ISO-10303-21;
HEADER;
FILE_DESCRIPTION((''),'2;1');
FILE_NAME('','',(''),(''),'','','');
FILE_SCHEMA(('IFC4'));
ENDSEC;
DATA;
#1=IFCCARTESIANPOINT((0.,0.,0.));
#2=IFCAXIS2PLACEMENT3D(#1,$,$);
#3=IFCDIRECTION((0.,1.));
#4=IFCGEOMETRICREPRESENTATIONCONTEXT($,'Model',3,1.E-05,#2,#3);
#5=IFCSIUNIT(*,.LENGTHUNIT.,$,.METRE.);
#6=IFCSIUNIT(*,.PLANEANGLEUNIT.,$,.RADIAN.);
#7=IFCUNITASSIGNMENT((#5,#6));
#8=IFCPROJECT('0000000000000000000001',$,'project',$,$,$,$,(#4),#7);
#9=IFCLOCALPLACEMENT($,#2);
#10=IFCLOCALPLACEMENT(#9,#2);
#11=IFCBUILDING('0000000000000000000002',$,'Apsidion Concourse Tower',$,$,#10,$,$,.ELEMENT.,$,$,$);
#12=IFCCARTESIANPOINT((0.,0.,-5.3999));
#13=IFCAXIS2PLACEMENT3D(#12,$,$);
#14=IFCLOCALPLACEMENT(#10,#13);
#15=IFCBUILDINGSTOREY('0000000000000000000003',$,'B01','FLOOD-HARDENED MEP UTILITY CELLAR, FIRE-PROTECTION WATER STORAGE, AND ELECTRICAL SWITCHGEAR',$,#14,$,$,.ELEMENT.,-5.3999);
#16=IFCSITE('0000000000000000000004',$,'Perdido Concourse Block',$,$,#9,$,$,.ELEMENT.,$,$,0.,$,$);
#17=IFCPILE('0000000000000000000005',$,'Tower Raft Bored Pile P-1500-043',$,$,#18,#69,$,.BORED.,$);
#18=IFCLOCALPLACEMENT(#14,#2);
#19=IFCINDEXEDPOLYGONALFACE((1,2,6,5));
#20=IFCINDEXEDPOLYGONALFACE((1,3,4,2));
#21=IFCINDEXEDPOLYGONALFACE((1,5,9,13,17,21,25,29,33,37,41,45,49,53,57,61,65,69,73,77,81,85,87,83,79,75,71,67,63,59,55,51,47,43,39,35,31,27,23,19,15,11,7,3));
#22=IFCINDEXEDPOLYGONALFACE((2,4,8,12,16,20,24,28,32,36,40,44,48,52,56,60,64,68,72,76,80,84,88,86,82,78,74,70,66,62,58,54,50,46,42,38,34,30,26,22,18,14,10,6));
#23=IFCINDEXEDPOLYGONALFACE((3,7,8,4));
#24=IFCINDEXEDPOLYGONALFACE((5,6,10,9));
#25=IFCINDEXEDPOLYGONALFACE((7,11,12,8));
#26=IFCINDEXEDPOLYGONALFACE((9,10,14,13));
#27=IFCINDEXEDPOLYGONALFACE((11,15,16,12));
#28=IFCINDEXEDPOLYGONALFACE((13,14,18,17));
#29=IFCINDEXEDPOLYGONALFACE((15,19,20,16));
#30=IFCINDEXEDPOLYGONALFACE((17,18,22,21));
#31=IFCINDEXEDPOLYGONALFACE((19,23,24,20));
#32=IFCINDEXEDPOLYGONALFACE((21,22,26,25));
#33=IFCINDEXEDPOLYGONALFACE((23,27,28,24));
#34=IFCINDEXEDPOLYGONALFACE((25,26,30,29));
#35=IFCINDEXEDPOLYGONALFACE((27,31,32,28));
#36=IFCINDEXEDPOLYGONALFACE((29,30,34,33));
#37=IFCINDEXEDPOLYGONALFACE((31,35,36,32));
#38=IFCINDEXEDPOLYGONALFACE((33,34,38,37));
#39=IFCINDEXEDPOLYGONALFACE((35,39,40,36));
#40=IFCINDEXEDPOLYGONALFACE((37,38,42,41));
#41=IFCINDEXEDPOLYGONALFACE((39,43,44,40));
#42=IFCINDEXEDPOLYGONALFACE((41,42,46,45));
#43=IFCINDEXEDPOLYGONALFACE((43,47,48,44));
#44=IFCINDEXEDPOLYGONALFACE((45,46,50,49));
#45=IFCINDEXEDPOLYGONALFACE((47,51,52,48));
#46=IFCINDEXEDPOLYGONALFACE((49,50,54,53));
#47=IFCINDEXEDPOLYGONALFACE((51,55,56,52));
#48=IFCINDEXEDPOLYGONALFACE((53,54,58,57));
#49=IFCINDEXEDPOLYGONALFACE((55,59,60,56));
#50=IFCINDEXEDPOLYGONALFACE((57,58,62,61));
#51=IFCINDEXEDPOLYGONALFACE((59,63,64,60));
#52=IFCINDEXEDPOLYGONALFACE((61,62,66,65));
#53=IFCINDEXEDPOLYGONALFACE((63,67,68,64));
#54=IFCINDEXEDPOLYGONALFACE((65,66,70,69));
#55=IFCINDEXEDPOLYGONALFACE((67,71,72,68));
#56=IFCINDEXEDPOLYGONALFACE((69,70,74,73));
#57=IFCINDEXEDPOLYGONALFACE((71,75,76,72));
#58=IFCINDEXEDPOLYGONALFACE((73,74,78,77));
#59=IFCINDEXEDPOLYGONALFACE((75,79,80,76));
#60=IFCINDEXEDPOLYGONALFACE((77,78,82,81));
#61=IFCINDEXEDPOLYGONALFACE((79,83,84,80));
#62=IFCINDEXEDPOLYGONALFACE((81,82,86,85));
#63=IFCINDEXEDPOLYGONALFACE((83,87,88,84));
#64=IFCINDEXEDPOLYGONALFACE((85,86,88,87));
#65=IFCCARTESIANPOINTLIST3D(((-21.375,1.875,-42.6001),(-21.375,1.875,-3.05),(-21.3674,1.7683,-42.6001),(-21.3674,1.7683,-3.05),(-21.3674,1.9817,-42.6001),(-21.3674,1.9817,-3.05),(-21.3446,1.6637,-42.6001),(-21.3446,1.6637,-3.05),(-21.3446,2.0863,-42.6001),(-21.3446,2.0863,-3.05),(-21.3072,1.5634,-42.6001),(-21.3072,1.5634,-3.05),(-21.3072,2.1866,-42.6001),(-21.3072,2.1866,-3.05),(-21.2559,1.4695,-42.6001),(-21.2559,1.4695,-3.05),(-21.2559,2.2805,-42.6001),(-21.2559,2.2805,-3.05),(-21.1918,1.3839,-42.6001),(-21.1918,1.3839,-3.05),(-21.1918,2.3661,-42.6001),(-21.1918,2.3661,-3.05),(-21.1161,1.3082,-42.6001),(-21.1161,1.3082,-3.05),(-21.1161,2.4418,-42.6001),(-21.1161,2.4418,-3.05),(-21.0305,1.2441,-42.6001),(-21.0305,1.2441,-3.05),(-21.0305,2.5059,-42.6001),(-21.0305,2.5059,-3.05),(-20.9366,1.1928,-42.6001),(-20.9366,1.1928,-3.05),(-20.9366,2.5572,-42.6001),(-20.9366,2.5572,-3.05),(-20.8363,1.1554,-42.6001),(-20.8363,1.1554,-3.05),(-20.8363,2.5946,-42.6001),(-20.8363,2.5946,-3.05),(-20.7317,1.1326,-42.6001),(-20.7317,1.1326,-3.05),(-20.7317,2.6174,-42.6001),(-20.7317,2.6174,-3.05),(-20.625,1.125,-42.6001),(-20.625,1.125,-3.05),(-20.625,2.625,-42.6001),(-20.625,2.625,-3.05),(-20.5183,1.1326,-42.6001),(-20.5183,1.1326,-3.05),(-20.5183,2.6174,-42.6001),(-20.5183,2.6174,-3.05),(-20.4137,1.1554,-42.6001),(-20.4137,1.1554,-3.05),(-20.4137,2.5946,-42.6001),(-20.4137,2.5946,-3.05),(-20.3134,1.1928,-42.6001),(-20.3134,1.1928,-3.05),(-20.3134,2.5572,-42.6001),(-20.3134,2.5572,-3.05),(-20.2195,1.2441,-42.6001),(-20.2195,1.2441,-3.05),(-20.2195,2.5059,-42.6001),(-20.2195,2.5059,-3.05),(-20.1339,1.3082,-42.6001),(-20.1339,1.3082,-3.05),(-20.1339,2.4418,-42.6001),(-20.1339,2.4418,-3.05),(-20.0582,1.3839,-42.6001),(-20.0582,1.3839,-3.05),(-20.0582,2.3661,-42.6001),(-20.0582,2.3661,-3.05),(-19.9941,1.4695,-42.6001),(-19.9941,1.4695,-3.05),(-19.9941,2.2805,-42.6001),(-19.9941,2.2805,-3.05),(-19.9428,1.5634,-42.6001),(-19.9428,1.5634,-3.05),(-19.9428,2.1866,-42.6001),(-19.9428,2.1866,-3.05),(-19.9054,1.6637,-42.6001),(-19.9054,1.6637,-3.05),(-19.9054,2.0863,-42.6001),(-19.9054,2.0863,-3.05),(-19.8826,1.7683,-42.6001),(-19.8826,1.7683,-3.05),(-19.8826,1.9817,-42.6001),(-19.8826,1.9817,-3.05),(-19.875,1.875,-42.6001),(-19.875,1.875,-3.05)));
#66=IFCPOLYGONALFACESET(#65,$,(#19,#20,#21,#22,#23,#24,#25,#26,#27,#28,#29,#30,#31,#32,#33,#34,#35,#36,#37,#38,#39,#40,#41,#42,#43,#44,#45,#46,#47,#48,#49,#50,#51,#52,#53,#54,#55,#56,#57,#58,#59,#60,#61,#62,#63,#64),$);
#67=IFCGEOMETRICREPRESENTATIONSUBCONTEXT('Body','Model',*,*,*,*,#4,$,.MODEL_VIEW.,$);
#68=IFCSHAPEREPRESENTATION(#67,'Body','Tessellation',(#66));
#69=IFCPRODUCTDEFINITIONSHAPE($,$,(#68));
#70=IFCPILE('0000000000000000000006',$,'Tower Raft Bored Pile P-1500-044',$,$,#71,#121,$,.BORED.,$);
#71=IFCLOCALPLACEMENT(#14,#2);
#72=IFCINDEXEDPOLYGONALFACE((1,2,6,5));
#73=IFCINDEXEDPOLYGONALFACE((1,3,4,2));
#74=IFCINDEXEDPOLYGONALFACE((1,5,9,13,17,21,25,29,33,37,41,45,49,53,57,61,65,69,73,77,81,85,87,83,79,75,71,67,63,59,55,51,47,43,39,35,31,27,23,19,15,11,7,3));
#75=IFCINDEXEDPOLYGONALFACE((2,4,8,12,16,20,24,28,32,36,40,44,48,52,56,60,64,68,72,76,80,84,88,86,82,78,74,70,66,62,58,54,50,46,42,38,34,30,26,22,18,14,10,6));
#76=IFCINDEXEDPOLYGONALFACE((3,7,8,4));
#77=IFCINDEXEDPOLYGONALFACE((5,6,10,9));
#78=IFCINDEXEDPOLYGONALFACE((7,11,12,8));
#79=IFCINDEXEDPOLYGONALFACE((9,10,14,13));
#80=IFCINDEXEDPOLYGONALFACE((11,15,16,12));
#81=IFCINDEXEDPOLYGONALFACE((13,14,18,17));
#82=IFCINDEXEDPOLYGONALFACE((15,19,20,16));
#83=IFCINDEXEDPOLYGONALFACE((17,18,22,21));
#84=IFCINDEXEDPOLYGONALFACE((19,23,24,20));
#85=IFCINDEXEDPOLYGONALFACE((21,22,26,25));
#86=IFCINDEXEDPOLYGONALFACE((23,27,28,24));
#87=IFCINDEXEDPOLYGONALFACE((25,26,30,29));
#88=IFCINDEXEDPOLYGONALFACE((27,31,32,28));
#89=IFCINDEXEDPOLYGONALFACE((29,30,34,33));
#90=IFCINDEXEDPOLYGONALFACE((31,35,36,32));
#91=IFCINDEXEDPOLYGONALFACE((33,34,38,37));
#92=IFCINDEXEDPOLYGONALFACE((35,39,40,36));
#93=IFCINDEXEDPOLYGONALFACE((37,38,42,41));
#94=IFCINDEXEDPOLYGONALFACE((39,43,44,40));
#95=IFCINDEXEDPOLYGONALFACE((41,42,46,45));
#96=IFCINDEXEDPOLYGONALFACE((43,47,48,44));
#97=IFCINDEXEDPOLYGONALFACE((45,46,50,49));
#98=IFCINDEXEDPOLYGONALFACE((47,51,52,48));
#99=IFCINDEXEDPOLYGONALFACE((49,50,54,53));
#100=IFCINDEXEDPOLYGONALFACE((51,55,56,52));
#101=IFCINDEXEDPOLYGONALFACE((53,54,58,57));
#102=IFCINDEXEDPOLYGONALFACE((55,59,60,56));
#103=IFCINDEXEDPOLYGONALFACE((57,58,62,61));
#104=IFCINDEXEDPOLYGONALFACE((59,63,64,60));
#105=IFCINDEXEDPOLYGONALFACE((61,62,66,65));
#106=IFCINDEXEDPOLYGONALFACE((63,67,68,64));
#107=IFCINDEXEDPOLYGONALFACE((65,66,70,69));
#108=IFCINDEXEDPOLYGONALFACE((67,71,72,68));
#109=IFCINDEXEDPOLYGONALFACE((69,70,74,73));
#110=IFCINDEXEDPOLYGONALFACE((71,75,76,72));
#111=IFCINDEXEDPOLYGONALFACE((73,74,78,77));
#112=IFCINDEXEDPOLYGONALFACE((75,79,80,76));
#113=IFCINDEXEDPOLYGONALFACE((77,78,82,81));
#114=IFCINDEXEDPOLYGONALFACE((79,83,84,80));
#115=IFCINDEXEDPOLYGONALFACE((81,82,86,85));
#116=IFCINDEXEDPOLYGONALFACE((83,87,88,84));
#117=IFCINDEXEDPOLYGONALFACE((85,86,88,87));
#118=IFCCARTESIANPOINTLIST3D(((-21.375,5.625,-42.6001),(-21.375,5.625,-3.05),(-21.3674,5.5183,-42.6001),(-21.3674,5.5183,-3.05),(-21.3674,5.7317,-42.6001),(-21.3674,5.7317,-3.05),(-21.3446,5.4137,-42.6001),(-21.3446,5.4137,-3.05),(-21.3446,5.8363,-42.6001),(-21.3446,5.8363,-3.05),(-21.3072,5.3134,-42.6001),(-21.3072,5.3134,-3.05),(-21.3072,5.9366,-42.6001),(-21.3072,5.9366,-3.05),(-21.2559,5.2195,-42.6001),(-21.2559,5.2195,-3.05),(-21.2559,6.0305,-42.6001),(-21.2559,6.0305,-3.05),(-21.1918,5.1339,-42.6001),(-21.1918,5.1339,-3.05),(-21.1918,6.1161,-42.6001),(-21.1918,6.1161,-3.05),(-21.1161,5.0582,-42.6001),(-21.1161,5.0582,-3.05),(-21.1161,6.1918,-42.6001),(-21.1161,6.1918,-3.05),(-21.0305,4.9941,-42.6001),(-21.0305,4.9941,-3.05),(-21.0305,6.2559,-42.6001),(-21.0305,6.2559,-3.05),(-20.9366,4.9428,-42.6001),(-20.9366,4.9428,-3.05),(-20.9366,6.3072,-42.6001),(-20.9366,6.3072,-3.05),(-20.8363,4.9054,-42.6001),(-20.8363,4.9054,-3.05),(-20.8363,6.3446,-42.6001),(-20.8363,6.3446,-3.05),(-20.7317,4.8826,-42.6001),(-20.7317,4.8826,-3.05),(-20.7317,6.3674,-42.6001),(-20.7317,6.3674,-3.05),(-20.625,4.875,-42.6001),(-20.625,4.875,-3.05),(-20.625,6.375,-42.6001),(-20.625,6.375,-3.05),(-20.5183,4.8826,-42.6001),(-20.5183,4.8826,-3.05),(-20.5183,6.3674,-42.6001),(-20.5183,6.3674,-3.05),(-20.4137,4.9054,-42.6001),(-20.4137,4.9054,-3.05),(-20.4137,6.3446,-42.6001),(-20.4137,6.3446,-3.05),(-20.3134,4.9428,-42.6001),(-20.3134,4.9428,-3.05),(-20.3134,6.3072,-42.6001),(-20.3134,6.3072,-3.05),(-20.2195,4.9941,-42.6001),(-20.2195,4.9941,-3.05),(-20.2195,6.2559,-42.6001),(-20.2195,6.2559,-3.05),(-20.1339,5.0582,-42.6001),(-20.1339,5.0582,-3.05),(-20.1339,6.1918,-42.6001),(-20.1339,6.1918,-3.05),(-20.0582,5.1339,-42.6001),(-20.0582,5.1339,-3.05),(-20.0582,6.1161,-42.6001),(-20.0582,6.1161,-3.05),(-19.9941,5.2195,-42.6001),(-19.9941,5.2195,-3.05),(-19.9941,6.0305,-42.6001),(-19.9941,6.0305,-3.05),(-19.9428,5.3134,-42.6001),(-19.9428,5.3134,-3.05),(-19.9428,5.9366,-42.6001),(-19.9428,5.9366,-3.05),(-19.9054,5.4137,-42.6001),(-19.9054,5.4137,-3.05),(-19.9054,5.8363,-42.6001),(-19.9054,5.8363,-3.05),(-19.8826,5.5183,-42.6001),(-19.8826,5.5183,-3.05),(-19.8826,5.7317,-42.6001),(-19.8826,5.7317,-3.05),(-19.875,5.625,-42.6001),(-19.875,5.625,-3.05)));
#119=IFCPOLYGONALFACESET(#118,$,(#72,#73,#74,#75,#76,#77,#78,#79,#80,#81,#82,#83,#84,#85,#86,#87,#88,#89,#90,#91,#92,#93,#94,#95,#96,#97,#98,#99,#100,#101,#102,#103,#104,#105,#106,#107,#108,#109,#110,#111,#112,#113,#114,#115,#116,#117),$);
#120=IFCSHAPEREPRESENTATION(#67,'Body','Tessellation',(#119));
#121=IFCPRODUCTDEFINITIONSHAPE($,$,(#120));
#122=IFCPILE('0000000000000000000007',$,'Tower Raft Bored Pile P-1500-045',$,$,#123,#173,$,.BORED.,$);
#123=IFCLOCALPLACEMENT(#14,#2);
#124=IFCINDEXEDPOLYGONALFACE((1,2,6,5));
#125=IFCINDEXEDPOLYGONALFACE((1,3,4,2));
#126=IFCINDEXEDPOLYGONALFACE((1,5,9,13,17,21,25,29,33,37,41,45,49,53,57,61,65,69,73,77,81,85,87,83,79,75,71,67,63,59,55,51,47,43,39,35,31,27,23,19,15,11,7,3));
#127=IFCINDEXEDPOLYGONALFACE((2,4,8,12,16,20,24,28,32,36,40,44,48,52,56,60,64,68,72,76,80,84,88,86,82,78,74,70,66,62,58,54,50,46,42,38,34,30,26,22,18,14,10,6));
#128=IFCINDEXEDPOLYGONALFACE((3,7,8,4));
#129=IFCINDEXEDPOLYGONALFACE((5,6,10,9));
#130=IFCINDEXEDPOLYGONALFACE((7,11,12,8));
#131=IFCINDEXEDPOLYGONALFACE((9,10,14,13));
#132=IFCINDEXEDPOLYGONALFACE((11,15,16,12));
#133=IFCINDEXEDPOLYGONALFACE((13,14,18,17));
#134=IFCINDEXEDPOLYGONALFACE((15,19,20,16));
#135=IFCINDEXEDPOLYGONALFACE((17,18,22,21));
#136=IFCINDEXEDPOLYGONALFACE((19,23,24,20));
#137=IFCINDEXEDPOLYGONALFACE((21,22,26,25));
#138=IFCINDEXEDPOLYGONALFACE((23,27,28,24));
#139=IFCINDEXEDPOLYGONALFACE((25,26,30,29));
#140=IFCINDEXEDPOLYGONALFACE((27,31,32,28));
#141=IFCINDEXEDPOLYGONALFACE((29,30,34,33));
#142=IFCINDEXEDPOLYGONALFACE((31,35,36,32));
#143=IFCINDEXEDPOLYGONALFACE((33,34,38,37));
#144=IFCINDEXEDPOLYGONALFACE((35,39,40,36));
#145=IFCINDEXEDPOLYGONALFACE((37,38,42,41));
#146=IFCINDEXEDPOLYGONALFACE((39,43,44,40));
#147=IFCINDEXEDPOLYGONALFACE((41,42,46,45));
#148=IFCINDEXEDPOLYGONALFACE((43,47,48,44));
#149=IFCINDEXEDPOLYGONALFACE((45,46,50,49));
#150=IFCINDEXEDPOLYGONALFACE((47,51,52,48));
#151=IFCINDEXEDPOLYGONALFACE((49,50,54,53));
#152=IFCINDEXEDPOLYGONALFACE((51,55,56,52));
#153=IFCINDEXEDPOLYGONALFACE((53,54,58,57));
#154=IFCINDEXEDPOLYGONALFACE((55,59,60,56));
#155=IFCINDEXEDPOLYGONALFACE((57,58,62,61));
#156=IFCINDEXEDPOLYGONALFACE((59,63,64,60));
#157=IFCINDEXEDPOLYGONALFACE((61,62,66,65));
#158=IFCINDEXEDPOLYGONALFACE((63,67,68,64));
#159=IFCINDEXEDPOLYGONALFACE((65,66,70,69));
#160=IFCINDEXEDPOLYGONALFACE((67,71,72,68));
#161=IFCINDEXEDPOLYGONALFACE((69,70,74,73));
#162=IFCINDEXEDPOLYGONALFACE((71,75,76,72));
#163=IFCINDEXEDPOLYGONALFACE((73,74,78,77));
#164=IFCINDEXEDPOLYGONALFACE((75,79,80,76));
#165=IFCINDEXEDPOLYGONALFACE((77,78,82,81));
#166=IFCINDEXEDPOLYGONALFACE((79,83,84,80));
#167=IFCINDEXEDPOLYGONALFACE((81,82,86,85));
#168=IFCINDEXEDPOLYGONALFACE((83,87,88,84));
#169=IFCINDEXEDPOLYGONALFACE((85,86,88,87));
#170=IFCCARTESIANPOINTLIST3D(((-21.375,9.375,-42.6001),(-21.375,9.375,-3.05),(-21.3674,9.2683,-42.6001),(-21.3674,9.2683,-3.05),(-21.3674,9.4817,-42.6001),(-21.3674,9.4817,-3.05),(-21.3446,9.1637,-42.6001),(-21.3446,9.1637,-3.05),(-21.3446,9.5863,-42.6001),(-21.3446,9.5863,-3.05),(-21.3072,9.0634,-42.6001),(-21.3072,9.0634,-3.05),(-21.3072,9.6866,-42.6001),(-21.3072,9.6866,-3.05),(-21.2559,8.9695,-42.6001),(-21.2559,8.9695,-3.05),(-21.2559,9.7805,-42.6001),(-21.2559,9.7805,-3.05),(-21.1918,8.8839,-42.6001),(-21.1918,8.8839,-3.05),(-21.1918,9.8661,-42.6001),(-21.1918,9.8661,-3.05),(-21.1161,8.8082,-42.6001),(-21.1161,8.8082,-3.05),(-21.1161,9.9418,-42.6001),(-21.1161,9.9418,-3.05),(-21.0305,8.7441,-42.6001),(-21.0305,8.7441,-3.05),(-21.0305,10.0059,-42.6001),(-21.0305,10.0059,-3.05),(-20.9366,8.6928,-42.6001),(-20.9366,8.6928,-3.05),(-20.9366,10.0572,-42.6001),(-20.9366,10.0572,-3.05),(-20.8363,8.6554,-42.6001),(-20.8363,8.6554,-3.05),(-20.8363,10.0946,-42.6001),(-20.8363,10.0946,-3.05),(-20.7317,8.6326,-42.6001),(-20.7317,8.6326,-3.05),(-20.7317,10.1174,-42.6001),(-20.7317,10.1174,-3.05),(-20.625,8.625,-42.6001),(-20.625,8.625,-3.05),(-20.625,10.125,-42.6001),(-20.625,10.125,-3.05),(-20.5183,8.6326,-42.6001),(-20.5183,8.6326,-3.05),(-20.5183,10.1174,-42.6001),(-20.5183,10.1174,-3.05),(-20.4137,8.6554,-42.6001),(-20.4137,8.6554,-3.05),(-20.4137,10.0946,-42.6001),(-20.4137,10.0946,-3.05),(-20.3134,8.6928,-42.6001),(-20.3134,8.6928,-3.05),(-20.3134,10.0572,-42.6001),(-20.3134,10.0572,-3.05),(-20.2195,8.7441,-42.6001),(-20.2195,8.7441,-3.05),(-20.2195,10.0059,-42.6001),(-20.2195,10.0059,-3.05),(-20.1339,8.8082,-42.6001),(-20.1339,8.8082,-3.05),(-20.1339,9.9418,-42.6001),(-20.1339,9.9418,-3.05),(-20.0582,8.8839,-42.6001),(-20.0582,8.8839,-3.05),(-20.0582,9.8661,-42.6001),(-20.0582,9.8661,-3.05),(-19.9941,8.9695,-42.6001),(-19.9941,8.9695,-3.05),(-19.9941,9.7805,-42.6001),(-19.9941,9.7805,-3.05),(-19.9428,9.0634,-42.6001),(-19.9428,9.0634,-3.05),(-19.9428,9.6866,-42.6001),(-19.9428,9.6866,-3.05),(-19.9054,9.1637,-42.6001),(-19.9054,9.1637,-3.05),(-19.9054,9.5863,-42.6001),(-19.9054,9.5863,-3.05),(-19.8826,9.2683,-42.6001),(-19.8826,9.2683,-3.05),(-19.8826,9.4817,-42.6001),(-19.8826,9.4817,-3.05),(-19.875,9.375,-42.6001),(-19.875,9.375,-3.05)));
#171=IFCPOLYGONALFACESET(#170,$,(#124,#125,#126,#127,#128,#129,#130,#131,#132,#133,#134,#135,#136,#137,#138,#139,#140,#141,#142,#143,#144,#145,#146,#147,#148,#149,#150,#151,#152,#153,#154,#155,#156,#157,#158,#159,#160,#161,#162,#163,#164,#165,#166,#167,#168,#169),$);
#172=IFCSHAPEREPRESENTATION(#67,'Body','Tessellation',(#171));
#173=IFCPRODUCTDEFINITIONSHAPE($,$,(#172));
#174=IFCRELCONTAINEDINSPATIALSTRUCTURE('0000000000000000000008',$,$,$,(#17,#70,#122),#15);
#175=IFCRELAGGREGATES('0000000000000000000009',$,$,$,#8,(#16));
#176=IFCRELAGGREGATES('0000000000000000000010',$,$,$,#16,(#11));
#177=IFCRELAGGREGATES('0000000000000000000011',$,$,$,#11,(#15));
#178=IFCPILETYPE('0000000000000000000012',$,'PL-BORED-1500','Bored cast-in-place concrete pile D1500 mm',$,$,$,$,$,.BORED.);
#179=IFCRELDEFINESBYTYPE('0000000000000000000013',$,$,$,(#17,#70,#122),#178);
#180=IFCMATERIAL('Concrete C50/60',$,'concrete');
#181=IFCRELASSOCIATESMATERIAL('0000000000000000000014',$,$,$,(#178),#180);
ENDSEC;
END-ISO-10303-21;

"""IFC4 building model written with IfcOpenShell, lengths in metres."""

from ifc_helpers import new_model, si_unit, direction, frame, origin, origin_2d, place, context, subcontext, project, spatial, circle, extrude, material, material_profile, profile_set, type_object, element, save


model = new_model("IFC4")

# Units and contexts
model_context = context("Model", 3, precision=1e-05, world=origin(), true_north=direction((0.0, 1.0)))
body_context = subcontext(model_context, "Body", "Model", "MODEL_VIEW")
ifc_project = project(units=[si_unit("LENGTHUNIT", "METRE"), si_unit("PLANEANGLEUNIT", "RADIAN")], contexts=[model_context])

# Site, building, storey
site_placement = place(None, origin())
site = spatial("IfcSite", under=ifc_project, at=site_placement, Name="Perdido Concourse Block", CompositionType="ELEMENT", RefElevation=0.0)
building_placement = place(site_placement, origin())
building = spatial("IfcBuilding", under=site, at=building_placement, Name="Apsidion Concourse Tower", CompositionType="ELEMENT")
storey_placement = place(building_placement, frame((0.0, 0.0, -5.3999)))
storey = spatial("IfcBuildingStorey", under=building, at=storey_placement, Name="B01", Description="FLOOD-HARDENED MEP UTILITY CELLAR, FIRE-PROTECTION WATER STORAGE, AND ELECTRICAL SWITCHGEAR", CompositionType="ELEMENT", Elevation=-5.3999)

# Shared definitions
ifc_material_1 = material(Name="Concrete C50/60", Category="concrete")

# Piles
ifc_material_profile_1 = material_profile(ifc_material_1, circle(Radius=0.75, at=origin_2d()), Name="BORED PILE D1500")
ifc_profile_set_1 = profile_set([ifc_material_profile_1], Name="Concrete C50/60")
pile_type_1 = type_object("IfcPileType", Name="PL-BORED-1500", Description="Bored cast-in-place concrete pile D1500 mm", PredefinedType="BORED", material=ifc_profile_set_1)
for number, where, z_axis, x_axis, name in (
    (1, (-20.625, 1.875, -3.05), (0.0, 0.0, -1.0), (1.0, 0.0, 0.0), "Tower Raft Bored Pile P-1500-043"),
    (2, (-20.625, 5.625, -3.05), (0.0, 0.0, -1.0), (1.0, 0.0, 0.0), "Tower Raft Bored Pile P-1500-044"),
    (3, (-20.625, 9.375, -3.05), (0.0, 0.0, -1.0), (1.0, 0.0, 0.0), "Tower Raft Bored Pile P-1500-045"),
):
    element("IfcPile", number, at=place(storey_placement, frame(where, z_axis=z_axis, x_axis=x_axis)), inside=storey, type_object=pile_type_1, Name=name, PredefinedType="BORED", context=body_context, shape_type="SweptSolid", body=[
        extrude(circle(Radius=0.75, at=origin_2d()), origin(), (0.0, 0.0, 1.0), 39.55),
    ])

save(model, "model.ifc")
